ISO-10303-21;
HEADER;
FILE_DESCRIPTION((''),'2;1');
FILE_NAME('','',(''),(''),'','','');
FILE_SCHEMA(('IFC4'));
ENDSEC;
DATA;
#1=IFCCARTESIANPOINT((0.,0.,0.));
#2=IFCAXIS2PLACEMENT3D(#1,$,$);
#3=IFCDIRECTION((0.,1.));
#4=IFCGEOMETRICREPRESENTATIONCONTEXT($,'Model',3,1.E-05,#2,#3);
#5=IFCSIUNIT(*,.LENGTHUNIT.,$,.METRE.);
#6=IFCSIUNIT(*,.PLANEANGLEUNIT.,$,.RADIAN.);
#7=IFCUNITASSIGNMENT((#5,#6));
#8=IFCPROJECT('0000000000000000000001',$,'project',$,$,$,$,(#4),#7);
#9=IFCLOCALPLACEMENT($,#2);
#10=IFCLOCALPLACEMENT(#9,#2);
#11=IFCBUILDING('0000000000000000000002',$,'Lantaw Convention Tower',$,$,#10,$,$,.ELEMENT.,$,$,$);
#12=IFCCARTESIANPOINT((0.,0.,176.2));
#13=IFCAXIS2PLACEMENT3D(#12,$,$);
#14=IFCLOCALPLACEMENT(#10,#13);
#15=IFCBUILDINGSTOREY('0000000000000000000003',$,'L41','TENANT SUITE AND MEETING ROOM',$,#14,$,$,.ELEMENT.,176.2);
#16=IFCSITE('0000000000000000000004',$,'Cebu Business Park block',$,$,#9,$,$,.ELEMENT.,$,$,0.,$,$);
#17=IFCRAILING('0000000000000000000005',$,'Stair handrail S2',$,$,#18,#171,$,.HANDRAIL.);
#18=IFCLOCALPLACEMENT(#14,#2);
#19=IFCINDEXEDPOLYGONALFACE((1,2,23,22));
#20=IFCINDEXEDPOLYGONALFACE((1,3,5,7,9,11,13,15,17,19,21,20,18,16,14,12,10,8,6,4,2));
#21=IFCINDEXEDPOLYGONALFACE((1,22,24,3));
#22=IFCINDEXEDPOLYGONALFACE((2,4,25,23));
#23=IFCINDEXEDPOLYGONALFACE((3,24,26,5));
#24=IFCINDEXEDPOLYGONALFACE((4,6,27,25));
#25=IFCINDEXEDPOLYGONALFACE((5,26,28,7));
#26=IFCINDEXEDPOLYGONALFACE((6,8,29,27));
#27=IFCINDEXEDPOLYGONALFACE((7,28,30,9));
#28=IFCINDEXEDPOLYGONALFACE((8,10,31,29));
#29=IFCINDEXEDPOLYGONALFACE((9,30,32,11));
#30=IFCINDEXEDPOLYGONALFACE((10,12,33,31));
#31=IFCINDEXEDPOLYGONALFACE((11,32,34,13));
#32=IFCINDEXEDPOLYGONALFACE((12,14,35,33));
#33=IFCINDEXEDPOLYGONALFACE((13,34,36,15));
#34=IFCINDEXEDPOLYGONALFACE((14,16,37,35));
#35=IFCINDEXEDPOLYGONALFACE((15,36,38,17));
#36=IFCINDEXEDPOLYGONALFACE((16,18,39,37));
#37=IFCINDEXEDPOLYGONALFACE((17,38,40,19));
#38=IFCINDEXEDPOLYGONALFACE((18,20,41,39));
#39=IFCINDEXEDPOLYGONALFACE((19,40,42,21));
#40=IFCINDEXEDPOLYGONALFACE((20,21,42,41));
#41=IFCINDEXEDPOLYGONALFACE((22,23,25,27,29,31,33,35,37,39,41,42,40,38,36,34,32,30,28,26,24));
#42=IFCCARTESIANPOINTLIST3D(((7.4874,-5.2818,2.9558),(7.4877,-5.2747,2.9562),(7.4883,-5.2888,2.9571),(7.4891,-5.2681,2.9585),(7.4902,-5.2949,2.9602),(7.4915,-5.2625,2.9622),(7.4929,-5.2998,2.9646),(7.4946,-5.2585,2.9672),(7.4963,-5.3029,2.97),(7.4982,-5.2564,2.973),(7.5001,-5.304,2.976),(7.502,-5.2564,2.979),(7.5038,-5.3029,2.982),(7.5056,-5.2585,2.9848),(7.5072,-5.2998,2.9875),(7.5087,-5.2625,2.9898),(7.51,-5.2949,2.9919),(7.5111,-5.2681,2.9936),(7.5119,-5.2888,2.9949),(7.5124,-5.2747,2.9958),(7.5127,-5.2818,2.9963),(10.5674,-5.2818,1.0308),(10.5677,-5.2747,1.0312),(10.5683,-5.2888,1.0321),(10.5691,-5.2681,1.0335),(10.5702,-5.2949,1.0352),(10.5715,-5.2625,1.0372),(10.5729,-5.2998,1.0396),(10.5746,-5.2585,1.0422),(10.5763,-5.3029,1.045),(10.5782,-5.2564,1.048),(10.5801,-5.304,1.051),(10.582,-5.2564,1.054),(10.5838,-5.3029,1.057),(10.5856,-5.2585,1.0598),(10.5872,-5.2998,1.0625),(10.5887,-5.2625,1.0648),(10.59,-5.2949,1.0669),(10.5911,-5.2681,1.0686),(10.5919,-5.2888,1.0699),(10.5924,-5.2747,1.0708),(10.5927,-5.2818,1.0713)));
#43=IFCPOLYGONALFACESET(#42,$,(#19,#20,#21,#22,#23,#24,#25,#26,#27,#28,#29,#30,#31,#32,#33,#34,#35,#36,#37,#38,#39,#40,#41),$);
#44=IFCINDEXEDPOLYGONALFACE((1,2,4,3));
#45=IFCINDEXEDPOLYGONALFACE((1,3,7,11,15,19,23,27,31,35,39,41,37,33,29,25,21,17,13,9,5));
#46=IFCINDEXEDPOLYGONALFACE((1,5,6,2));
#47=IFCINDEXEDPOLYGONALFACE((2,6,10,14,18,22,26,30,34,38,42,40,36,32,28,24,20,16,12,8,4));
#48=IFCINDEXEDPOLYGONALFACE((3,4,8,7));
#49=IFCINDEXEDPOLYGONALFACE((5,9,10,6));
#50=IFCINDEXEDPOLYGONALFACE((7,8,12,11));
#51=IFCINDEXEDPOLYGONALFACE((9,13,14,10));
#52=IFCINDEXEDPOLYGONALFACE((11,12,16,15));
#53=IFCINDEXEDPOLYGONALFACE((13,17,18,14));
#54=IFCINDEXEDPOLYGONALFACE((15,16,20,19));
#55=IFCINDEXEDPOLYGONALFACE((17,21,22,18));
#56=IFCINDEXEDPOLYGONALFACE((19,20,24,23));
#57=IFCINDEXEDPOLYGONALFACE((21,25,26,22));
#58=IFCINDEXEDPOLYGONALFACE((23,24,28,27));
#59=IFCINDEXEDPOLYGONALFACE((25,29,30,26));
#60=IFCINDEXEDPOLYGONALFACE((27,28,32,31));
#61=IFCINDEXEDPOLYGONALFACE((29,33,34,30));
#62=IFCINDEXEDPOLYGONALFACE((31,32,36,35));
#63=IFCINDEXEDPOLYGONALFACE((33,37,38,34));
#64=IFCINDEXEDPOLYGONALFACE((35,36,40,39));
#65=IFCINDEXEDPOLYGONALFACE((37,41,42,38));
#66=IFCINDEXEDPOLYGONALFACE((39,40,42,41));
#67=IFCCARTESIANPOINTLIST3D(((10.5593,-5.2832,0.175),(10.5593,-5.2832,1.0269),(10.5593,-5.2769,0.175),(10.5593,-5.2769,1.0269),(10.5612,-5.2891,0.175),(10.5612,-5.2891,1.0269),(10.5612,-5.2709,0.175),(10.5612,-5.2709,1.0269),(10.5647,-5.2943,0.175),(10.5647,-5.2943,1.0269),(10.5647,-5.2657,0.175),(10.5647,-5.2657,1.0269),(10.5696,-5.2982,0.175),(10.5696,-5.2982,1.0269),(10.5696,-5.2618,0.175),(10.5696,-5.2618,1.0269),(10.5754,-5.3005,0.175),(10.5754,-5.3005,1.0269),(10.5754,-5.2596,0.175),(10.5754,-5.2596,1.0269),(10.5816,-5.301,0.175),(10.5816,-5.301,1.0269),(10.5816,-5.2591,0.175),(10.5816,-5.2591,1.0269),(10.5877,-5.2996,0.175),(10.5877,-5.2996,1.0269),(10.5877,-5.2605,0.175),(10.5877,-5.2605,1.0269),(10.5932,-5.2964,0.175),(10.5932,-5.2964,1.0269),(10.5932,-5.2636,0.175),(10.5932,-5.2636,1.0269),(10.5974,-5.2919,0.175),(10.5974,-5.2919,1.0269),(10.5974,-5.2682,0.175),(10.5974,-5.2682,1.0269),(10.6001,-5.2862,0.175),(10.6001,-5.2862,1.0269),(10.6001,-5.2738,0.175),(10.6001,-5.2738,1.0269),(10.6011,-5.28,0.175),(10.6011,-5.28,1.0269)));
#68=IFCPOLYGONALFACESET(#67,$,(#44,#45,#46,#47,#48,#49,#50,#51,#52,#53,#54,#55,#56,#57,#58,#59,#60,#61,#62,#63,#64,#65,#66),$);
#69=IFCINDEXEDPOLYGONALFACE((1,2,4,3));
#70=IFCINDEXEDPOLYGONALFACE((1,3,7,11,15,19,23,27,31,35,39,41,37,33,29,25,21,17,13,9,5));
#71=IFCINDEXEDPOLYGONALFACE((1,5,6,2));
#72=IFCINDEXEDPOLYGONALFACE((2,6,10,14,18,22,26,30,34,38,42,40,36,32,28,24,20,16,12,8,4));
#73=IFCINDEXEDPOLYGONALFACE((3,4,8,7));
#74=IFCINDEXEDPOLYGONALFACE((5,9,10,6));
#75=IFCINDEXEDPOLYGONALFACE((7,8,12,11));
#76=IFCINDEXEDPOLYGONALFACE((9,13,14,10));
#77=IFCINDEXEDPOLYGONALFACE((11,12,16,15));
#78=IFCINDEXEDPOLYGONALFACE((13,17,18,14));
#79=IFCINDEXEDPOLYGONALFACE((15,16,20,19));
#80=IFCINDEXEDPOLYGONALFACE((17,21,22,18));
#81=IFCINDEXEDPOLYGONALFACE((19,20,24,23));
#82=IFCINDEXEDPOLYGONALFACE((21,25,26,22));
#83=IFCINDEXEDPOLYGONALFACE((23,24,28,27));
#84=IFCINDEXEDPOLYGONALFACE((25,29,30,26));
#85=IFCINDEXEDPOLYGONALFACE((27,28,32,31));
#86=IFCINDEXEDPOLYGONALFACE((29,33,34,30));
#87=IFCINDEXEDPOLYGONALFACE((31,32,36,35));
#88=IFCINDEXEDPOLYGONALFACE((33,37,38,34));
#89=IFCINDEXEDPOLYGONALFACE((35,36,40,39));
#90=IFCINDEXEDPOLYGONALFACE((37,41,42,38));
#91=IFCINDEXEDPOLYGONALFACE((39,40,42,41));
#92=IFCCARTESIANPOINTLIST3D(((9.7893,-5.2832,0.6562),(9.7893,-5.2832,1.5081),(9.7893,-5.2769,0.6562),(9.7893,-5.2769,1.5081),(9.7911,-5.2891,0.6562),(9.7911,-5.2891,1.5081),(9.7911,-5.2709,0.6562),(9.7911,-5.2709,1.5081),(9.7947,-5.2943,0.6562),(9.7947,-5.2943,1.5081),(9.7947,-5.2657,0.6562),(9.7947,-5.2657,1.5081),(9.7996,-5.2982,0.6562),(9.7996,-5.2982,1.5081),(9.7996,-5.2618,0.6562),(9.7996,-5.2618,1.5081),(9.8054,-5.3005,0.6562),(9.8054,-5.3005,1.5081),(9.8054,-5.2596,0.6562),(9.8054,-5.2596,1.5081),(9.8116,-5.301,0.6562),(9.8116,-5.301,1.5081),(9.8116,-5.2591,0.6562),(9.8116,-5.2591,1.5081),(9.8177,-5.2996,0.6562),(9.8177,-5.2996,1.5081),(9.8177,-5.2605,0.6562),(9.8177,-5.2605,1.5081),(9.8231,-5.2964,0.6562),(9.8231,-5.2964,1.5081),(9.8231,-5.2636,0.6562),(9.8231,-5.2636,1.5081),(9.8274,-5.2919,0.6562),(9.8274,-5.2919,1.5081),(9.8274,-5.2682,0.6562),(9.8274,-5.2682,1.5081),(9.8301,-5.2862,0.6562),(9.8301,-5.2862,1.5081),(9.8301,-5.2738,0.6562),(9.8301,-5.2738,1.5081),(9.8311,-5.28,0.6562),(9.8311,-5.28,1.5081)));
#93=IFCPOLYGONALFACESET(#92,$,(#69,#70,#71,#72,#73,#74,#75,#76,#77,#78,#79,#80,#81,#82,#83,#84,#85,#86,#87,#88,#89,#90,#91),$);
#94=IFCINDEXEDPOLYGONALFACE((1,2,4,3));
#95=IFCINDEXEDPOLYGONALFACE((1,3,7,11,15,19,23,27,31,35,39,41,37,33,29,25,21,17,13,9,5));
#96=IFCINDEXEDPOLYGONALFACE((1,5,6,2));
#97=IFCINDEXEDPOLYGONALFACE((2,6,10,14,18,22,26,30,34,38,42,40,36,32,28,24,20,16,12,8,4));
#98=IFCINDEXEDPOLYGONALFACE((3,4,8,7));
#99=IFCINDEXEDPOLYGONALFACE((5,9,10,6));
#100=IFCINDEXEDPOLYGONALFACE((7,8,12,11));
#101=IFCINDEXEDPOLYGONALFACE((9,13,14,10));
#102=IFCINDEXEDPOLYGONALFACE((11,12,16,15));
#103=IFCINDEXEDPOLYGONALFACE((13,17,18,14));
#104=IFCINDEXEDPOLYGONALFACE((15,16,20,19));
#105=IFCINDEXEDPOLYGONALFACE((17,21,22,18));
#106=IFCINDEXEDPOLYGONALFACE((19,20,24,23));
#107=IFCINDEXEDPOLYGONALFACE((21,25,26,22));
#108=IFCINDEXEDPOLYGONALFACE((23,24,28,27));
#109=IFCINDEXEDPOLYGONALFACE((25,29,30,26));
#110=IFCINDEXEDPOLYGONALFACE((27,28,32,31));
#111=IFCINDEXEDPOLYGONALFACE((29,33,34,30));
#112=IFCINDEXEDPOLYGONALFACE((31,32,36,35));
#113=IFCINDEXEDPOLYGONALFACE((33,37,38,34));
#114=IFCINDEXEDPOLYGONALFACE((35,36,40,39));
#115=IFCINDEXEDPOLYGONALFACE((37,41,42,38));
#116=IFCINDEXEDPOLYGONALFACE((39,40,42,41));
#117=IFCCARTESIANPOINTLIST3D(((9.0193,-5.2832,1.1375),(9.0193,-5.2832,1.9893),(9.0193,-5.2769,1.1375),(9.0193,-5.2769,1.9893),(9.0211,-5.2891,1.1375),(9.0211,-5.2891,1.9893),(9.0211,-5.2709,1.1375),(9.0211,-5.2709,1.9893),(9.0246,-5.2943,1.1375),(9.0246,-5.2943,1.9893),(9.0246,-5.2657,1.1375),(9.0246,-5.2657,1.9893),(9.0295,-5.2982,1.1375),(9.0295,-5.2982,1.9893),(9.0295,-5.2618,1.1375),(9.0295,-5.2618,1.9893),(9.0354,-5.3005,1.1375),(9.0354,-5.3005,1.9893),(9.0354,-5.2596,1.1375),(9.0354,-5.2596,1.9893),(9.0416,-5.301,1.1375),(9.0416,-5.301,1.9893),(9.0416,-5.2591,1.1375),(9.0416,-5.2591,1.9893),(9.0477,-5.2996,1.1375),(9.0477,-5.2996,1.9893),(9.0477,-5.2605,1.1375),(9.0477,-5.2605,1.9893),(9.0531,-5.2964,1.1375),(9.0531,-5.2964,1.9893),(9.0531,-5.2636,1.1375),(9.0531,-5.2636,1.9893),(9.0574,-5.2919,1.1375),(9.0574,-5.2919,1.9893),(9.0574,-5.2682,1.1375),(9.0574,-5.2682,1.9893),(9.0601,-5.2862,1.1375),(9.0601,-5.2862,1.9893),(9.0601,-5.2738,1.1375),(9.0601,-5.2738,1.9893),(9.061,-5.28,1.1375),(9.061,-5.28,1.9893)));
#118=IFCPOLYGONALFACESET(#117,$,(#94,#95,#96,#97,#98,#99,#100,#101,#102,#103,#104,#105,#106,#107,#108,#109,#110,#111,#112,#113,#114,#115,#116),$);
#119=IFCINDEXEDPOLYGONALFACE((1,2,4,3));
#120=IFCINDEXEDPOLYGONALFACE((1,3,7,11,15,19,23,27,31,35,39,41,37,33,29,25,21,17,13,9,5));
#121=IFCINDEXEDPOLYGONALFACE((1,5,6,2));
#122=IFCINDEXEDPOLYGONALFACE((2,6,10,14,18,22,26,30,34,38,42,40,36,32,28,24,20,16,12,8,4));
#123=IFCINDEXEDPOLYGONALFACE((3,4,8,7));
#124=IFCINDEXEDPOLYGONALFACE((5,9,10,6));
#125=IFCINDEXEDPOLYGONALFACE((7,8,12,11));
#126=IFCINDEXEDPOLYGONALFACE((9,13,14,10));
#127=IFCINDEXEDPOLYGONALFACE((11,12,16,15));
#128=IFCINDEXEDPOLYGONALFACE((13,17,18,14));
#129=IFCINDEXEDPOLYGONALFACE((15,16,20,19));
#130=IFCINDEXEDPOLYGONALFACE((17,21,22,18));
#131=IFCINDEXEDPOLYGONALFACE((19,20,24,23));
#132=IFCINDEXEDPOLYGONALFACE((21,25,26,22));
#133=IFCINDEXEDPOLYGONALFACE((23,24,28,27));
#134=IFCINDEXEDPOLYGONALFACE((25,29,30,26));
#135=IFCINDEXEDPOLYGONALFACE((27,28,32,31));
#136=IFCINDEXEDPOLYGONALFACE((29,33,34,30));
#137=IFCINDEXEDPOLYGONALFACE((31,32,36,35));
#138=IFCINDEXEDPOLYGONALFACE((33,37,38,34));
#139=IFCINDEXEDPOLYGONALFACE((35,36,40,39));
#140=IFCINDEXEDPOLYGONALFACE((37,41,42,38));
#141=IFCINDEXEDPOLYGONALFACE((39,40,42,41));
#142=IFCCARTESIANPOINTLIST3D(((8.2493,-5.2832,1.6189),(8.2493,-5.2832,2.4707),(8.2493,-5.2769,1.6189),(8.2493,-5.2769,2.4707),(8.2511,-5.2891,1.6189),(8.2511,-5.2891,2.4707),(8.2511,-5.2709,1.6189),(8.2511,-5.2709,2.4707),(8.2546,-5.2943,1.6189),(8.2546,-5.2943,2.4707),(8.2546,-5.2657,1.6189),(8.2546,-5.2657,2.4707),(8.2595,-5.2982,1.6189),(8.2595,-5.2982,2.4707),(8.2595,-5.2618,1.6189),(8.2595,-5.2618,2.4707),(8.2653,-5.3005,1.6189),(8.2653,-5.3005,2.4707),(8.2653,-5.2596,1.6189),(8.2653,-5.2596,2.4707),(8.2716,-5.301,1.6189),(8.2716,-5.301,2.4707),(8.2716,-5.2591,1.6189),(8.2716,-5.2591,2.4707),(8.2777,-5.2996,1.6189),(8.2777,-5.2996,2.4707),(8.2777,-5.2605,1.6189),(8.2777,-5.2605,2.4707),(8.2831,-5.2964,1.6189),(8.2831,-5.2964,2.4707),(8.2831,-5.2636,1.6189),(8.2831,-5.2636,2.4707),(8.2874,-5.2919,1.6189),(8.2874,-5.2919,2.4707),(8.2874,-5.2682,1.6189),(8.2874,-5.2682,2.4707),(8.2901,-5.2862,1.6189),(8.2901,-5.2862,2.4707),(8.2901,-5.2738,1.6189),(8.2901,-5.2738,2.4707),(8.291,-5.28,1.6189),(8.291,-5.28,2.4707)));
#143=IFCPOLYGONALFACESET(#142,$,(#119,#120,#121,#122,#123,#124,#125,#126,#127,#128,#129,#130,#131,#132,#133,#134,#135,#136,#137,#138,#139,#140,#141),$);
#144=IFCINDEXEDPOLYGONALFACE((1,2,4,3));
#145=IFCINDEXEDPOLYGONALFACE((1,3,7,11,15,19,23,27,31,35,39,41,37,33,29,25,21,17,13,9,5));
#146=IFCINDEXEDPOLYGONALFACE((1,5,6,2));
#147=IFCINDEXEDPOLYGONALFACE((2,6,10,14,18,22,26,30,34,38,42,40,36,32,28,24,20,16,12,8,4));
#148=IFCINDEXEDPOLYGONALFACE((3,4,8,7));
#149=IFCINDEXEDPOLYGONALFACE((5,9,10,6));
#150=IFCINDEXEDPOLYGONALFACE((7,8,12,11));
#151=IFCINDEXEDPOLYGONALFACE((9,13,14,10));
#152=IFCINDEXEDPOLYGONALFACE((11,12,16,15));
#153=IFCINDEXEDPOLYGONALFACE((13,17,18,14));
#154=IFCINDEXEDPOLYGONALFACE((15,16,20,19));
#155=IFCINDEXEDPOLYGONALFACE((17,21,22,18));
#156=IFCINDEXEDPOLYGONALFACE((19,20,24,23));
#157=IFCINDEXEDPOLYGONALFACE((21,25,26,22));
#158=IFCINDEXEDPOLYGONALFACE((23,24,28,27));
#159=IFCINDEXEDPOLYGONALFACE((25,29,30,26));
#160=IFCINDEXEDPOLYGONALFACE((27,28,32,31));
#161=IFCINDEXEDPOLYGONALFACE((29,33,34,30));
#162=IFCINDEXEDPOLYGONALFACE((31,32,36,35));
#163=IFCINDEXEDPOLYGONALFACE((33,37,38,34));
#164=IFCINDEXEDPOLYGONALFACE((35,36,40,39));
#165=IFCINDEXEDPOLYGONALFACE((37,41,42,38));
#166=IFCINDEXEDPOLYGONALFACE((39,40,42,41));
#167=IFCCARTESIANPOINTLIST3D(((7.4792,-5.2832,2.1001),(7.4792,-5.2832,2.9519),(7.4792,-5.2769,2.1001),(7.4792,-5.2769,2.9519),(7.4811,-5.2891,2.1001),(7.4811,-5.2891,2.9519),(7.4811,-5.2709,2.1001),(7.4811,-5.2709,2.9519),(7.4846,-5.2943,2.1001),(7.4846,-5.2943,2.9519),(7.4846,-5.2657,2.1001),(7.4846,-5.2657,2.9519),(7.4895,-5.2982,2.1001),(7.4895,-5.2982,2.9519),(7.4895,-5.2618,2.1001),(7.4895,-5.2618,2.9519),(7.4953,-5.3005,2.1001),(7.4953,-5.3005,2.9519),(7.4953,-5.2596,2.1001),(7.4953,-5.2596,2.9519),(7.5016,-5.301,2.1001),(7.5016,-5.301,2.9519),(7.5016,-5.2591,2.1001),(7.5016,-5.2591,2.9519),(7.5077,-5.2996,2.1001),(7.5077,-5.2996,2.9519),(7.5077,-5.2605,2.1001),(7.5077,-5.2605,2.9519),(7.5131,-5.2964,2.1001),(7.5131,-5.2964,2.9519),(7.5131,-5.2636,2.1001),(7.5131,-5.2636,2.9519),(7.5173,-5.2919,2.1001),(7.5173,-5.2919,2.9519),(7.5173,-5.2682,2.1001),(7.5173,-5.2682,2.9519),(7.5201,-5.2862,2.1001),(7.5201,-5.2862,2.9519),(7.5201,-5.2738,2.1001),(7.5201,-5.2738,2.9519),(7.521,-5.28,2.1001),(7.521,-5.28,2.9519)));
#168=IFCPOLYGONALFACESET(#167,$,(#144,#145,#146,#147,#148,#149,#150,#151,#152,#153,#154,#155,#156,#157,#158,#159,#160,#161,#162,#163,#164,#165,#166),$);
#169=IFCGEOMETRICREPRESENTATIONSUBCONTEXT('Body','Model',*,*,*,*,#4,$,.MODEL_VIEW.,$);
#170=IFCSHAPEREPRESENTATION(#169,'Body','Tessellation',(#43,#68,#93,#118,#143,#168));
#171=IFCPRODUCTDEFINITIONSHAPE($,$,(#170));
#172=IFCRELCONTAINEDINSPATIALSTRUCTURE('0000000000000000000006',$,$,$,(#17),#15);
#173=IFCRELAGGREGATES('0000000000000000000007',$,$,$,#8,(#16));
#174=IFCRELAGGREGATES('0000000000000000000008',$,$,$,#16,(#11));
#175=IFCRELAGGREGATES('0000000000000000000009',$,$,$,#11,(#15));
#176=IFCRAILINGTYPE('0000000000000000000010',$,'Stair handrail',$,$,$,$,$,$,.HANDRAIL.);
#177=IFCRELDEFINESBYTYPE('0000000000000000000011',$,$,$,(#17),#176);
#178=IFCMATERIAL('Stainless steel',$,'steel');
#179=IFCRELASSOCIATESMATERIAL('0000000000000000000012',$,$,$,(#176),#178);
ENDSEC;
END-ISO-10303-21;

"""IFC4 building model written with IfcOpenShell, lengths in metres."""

from ifc_helpers import new_model, si_unit, direction, frame, origin, origin_2d, place, context, subcontext, project, spatial, circle, extrude, material, type_object, element, save


model = new_model("IFC4")

# Units and contexts
model_context = context("Model", 3, precision=1e-05, world=origin(), true_north=direction((0.0, 1.0)))
body_context = subcontext(model_context, "Body", "Model", "MODEL_VIEW")
ifc_project = project(units=[si_unit("LENGTHUNIT", "METRE"), si_unit("PLANEANGLEUNIT", "RADIAN")], contexts=[model_context])

# Site, building, storey
site_placement = place(None, origin())
site = spatial("IfcSite", under=ifc_project, at=site_placement, Name="Cebu Business Park block", CompositionType="ELEMENT", RefElevation=0.0)
building_placement = place(site_placement, origin())
building = spatial("IfcBuilding", under=site, at=building_placement, Name="Lantaw Convention Tower", CompositionType="ELEMENT")
storey_placement = place(building_placement, frame((0.0, 0.0, 176.2)))
storey = spatial("IfcBuildingStorey", under=building, at=storey_placement, Name="L41", Description="TENANT SUITE AND MEETING ROOM", CompositionType="ELEMENT", Elevation=176.2)

# Railing
ifc_material_1 = material(Name="Stainless steel", Category="steel")
railing_type = type_object("IfcRailingType", Name="Stair handrail", PredefinedType="HANDRAIL", material=ifc_material_1)
railing_1_placement = place(storey_placement, frame((10.5801, -5.28, 0.175)))
element("IfcRailing", 1, at=railing_1_placement, inside=storey, type_object=railing_type, Name="Stair handrail S2", PredefinedType="HANDRAIL", context=body_context, shape_type="SweptSolid", body=[
    extrude(circle(Radius=0.0239, at=origin_2d()), frame((0.0, 0.0, 0.876), z_axis=(-0.847998, 0.0, 0.529999), x_axis=(0.0, -1.0, 0.0)), (0.0, 0.0, 1.0), 3.6321),
    extrude(circle(Radius=0.021, at=origin_2d()), origin(), (0.0, 0.0, 1.0), 0.8518),
    extrude(circle(Radius=0.021, at=origin_2d()), frame((-0.77, 0.0, 0.4812)), (0.0, 0.0, 1.0), 0.8518),
    extrude(circle(Radius=0.021, at=origin_2d()), frame((-1.54, 0.0, 0.9624)), (0.0, 0.0, 1.0), 0.8518),
    extrude(circle(Radius=0.021, at=origin_2d()), frame((-2.3101, 0.0, 1.4438)), (0.0, 0.0, 1.0), 0.8518),
    extrude(circle(Radius=0.021, at=origin_2d()), frame((-3.0801, 0.0, 1.925)), (0.0, 0.0, 1.0), 0.8518),
])

save(model, "model.ifc")
